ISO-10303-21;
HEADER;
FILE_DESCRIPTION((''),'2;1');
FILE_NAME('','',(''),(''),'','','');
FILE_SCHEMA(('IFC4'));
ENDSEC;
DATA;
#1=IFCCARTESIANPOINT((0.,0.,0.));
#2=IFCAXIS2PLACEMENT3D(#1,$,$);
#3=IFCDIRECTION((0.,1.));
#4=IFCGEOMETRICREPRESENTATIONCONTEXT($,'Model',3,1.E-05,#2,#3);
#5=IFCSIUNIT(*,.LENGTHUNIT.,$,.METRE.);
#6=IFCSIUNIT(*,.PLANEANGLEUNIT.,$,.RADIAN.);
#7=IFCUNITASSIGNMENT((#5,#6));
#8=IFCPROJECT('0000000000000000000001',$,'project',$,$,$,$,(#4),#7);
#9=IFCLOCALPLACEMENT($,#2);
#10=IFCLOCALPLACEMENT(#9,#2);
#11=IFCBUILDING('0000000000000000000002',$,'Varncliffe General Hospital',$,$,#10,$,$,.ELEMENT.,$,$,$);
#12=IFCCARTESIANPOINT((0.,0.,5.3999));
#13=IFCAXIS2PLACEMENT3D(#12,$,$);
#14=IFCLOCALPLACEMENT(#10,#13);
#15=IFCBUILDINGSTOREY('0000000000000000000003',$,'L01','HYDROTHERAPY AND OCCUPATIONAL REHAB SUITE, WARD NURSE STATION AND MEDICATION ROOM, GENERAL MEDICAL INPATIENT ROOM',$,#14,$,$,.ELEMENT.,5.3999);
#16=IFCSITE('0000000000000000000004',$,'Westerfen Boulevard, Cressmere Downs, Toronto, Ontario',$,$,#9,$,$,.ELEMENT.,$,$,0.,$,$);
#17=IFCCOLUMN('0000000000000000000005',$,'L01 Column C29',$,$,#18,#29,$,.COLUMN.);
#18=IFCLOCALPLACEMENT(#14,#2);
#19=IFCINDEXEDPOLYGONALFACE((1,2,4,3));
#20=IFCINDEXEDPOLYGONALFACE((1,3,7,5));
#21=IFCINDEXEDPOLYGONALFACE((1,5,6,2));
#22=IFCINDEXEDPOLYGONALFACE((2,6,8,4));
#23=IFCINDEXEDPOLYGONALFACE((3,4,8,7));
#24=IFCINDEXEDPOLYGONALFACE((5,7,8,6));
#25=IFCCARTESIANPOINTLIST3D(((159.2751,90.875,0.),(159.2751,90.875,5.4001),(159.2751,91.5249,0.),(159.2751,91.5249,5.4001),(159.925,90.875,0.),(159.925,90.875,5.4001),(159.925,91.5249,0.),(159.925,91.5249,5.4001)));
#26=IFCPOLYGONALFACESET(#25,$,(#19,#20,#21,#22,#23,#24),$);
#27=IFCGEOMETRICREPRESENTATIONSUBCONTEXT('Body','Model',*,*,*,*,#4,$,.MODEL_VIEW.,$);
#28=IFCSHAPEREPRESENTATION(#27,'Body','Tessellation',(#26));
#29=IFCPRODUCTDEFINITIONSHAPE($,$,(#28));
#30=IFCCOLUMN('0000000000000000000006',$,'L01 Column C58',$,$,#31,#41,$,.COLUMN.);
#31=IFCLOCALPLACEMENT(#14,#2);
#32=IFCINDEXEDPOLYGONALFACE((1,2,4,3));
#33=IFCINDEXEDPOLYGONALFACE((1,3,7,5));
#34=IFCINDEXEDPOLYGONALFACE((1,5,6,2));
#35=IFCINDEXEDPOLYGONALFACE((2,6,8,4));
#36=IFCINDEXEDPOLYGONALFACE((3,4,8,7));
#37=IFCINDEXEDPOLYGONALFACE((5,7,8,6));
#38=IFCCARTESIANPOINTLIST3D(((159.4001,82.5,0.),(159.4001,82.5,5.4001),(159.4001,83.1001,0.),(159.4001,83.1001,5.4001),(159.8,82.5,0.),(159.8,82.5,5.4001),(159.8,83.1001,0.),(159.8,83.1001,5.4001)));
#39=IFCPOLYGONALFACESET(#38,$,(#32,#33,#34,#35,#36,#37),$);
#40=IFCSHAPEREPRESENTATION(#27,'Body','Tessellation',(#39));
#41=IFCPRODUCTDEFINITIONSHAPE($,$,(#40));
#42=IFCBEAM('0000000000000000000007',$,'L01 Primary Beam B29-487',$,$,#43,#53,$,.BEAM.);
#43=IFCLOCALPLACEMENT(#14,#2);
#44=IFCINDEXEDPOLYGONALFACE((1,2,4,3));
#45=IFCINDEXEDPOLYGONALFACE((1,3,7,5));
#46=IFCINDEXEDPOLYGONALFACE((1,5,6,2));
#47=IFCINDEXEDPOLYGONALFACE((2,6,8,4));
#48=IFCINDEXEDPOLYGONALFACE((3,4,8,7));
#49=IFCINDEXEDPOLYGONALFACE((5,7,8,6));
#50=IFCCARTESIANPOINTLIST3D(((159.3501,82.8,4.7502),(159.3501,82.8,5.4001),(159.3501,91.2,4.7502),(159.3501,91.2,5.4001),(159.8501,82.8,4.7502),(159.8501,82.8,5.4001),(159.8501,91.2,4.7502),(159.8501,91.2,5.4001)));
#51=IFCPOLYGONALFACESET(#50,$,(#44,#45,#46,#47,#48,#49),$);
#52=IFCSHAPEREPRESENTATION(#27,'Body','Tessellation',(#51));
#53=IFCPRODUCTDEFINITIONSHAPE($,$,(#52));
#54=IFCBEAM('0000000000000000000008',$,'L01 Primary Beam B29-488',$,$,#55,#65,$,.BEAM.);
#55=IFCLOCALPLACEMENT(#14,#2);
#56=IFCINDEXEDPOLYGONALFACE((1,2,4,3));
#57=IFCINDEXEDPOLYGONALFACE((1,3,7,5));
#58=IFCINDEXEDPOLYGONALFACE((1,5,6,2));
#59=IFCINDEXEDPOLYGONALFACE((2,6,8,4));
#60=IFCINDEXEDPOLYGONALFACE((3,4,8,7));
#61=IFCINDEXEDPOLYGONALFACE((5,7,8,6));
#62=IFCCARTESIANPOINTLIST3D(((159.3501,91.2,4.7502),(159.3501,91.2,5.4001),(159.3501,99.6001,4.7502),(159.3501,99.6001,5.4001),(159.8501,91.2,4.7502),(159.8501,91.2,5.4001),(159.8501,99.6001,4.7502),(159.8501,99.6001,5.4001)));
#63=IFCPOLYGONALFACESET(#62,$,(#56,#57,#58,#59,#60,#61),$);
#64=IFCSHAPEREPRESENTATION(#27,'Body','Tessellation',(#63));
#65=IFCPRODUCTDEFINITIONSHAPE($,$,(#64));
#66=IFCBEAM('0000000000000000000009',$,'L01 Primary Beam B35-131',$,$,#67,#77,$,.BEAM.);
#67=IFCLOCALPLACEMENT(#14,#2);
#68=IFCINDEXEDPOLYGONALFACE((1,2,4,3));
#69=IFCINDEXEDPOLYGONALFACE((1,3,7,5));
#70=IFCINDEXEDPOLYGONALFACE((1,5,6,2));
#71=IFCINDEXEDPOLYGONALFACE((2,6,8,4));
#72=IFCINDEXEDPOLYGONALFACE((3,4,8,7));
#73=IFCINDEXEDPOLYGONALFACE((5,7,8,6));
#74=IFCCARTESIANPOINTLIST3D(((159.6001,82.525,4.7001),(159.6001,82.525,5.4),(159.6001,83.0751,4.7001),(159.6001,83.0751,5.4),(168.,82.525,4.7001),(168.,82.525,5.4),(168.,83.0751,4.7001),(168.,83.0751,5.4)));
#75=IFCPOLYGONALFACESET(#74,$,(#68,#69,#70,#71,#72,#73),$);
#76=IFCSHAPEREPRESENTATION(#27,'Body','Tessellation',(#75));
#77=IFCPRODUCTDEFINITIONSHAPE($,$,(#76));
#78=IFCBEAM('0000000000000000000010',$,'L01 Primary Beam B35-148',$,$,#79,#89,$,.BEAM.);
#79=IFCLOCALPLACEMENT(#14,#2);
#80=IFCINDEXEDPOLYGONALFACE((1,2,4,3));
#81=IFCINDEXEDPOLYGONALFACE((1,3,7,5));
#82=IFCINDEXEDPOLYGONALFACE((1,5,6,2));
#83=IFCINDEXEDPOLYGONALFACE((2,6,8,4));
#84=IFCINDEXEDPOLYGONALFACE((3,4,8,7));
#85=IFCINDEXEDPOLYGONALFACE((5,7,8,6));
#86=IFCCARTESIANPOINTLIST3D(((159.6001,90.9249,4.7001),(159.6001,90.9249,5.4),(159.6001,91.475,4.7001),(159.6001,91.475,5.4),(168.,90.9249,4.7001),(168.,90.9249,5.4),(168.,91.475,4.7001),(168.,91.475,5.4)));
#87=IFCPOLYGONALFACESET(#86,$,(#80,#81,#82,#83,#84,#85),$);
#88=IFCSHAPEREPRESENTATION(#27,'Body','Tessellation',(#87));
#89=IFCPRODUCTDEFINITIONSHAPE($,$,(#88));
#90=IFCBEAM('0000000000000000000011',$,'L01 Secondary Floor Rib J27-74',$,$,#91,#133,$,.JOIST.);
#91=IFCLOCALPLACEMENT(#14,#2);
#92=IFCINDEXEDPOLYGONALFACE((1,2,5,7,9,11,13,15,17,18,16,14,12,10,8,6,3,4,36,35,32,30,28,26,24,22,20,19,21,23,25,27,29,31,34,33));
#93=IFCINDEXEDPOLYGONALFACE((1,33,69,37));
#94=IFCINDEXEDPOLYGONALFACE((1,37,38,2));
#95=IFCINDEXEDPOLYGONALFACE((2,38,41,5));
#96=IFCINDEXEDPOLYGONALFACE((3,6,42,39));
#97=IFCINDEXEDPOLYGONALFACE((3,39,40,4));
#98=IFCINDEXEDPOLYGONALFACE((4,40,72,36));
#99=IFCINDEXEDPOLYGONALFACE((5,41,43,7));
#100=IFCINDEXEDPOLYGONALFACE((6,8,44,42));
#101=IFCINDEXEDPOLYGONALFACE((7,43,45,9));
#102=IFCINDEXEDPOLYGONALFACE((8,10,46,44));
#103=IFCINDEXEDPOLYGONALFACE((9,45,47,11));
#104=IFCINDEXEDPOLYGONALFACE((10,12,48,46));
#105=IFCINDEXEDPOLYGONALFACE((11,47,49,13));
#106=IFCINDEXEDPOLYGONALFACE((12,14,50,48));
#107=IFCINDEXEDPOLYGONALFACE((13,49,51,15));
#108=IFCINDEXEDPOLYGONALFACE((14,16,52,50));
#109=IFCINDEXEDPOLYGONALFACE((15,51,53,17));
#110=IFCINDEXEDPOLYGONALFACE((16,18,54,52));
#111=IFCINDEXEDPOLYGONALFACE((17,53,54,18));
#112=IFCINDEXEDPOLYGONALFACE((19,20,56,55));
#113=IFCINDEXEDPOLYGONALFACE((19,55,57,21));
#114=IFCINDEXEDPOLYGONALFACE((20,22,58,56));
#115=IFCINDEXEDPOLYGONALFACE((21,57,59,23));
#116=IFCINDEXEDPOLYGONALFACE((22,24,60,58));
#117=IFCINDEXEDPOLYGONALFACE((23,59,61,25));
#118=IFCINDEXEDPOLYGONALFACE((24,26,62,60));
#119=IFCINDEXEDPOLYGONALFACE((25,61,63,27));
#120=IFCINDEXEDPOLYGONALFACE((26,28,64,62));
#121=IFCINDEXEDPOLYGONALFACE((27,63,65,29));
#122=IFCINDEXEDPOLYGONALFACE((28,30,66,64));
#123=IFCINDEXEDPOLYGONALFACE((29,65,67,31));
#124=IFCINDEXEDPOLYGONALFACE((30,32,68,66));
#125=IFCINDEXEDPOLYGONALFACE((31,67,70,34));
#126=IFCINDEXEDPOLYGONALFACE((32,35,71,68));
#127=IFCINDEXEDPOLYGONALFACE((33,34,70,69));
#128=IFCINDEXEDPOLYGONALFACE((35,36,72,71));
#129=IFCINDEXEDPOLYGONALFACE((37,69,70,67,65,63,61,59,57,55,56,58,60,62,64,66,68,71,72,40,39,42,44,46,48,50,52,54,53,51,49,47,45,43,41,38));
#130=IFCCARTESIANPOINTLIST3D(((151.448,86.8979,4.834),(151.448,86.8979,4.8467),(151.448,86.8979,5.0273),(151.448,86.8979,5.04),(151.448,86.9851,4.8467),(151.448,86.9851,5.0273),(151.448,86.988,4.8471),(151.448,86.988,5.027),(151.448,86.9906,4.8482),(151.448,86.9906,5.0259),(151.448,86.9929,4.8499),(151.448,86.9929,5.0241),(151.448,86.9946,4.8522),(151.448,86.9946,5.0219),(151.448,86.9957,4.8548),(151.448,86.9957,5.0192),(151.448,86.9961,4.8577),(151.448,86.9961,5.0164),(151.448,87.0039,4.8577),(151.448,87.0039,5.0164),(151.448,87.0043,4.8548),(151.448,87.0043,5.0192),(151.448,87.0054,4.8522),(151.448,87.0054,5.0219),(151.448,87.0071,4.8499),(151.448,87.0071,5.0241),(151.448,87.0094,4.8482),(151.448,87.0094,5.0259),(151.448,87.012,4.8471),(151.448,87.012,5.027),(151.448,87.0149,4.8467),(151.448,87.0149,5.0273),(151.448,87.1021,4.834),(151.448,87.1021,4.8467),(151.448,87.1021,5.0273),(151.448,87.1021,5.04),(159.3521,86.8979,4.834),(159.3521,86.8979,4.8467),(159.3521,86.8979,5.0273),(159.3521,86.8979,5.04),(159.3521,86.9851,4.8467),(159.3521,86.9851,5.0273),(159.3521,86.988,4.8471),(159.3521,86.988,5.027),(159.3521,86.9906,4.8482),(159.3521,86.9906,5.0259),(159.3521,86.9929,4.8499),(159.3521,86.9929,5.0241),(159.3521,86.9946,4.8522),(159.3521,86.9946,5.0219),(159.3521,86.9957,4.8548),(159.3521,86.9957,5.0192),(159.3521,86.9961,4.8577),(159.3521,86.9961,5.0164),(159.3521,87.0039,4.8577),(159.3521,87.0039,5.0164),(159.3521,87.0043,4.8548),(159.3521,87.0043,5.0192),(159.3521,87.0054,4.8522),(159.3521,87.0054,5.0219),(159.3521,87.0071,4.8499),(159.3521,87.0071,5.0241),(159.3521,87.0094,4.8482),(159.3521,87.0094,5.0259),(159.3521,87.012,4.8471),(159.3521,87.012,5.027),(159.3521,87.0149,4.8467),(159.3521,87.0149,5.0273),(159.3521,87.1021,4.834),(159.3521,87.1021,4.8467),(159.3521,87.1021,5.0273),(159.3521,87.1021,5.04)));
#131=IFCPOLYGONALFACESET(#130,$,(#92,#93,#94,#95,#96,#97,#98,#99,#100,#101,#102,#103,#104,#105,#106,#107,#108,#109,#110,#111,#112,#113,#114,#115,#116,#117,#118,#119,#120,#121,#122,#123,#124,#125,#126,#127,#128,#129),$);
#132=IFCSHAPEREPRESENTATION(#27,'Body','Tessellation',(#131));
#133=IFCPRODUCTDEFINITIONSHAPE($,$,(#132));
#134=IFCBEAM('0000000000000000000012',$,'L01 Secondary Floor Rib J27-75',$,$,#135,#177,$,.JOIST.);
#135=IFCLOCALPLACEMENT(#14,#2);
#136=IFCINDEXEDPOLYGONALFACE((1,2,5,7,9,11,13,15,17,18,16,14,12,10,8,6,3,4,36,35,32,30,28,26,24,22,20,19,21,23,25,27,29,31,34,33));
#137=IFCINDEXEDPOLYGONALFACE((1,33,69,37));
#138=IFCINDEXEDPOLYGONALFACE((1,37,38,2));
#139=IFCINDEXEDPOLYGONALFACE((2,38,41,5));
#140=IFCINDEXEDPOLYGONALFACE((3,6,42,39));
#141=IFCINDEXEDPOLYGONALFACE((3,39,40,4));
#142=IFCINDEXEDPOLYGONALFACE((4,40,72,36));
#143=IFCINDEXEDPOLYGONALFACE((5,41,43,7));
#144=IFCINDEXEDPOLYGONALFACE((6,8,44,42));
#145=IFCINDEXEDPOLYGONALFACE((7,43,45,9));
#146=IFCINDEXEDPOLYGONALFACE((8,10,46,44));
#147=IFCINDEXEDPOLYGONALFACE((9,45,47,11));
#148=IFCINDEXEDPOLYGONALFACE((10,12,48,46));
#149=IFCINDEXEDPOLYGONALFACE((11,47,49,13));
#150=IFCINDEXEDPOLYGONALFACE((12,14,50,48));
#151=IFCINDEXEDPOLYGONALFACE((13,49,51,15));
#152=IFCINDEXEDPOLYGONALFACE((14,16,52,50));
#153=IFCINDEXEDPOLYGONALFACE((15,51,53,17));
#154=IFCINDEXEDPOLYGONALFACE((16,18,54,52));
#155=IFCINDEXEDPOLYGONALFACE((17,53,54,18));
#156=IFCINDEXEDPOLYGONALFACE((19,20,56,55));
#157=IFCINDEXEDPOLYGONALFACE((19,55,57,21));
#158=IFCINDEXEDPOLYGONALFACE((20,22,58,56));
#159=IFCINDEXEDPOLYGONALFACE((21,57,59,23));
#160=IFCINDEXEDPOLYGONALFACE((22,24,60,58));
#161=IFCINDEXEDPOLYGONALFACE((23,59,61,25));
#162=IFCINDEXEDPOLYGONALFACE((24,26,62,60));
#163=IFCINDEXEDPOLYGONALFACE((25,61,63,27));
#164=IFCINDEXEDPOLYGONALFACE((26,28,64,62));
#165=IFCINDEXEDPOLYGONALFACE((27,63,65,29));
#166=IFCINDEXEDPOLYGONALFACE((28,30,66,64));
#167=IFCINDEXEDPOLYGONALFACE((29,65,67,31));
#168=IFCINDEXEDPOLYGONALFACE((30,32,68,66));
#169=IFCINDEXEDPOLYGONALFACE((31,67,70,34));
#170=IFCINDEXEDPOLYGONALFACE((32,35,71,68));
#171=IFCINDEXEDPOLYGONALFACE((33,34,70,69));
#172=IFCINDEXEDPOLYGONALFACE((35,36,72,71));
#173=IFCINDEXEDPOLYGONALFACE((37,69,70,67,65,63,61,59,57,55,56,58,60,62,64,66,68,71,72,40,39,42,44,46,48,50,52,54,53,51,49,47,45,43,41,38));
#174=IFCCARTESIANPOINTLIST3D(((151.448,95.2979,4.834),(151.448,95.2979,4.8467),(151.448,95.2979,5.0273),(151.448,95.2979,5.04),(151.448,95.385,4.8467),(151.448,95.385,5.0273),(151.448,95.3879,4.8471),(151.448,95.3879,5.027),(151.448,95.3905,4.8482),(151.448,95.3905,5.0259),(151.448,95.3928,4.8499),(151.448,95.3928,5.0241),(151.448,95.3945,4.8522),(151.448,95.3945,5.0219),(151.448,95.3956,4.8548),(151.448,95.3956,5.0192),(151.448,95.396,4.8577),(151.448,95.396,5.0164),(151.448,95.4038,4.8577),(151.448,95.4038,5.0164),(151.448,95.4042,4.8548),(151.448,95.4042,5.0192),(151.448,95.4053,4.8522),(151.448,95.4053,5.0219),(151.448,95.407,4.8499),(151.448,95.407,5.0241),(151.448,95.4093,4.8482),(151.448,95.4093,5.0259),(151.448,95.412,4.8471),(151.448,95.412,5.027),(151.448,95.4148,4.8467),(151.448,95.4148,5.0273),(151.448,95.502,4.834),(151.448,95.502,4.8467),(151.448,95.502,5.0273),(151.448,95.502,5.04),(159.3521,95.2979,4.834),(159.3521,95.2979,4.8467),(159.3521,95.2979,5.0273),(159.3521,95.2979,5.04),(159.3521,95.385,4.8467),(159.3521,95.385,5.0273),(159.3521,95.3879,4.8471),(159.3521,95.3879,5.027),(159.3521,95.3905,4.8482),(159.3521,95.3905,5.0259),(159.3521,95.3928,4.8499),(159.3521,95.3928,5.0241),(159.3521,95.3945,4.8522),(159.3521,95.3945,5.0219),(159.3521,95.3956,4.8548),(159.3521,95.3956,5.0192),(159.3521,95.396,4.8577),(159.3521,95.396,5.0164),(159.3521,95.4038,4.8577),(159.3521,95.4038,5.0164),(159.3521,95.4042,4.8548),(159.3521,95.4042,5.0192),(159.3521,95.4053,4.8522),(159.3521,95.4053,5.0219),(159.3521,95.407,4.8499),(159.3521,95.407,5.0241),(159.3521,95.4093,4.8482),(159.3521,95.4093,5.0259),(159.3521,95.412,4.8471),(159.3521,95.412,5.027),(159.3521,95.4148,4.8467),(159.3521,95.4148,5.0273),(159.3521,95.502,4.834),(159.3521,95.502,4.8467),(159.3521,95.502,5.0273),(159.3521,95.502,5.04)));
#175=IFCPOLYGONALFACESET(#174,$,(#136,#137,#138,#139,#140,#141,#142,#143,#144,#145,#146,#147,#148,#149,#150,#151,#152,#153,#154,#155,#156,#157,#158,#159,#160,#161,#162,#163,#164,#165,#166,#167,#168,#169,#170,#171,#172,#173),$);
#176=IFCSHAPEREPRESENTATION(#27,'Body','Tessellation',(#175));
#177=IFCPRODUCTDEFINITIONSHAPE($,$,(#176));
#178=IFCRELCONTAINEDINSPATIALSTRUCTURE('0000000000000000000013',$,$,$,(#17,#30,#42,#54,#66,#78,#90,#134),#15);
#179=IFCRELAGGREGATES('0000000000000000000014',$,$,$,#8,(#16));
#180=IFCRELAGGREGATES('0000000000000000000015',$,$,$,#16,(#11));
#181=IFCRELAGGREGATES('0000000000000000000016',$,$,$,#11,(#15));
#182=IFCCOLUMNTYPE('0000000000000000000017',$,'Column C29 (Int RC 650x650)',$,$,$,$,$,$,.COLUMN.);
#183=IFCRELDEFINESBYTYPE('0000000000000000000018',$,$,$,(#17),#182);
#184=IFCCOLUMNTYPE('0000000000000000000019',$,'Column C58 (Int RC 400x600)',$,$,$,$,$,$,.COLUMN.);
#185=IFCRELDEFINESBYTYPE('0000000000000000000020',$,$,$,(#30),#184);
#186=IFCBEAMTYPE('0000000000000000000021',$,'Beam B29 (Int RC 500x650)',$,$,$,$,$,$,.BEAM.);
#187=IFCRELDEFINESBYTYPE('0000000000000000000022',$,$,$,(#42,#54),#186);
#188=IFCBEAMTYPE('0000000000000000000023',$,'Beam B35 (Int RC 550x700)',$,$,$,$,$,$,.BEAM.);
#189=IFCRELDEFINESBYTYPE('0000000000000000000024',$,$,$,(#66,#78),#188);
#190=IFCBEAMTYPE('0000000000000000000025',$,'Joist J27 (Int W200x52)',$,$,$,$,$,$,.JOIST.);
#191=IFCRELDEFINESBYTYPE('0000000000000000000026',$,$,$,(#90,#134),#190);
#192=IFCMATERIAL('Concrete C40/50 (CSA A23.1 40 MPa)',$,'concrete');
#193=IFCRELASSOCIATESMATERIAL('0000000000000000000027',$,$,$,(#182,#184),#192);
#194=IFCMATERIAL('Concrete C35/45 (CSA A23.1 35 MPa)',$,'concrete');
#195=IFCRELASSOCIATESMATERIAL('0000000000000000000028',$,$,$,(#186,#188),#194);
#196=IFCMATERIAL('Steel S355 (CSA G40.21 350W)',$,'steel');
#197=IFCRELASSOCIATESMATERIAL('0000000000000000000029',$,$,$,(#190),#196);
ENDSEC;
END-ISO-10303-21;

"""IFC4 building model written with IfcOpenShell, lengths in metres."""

from ifc_helpers import new_model, si_unit, direction, frame, origin, origin_2d, place, context, subcontext, project, spatial, rectangle, i_section, extrude, material, material_profile, profile_set, type_object, element, save


model = new_model("IFC4")

# Units and contexts
model_context = context("Model", 3, precision=1e-05, world=origin(), true_north=direction((0.0, 1.0)))
body_context = subcontext(model_context, "Body", "Model", "MODEL_VIEW")
ifc_project = project(units=[si_unit("LENGTHUNIT", "METRE"), si_unit("PLANEANGLEUNIT", "RADIAN")], contexts=[model_context])

# Site, building, storey
site_placement = place(None, origin())
site = spatial("IfcSite", under=ifc_project, at=site_placement, Name="Westerfen Boulevard, Cressmere Downs, Toronto, Ontario", CompositionType="ELEMENT", RefElevation=0.0)
building_placement = place(site_placement, origin())
building = spatial("IfcBuilding", under=site, at=building_placement, Name="Varncliffe General Hospital", CompositionType="ELEMENT")
storey_placement = place(building_placement, frame((0.0, 0.0, 5.3999)))
storey = spatial("IfcBuildingStorey", under=building, at=storey_placement, Name="L01", Description="HYDROTHERAPY AND OCCUPATIONAL REHAB SUITE, WARD NURSE STATION AND MEDICATION ROOM, GENERAL MEDICAL INPATIENT ROOM", CompositionType="ELEMENT", Elevation=5.3999)

# Columns
ifc_material_1 = material(Name="Concrete C40/50 (CSA A23.1 40 MPa)", Category="concrete")
ifc_material_profile_1 = material_profile(ifc_material_1, rectangle(XDim=0.6499, YDim=0.6499, at=origin_2d()), Name="RC 650x650")
ifc_profile_set_1 = profile_set([ifc_material_profile_1], Name="Concrete C40/50 (CSA A23.1 40 MPa)")
column_type_1 = type_object("IfcColumnType", Name="Column C29 (Int RC 650x650)", PredefinedType="COLUMN", material=ifc_profile_set_1)
column_1_placement = place(storey_placement, frame((159.6001, 91.2, 0.0), z_axis=(0.0, 0.0, 1.0), x_axis=(1.0, 0.0, 0.0)))
element("IfcColumn", 1, at=column_1_placement, inside=storey, type_object=column_type_1, Name="L01 Column C29", PredefinedType="COLUMN", context=body_context, shape_type="SweptSolid", body=[
    extrude(rectangle(XDim=0.6499, YDim=0.6499, at=origin_2d()), origin(), (0.0, 0.0, 1.0), 5.4001),
])
ifc_material_profile_2 = material_profile(ifc_material_1, rectangle(XDim=0.3999, YDim=0.6001, at=origin_2d()), Name="RC 400x600")
ifc_profile_set_2 = profile_set([ifc_material_profile_2], Name="Concrete C40/50 (CSA A23.1 40 MPa)")
column_type_2 = type_object("IfcColumnType", Name="Column C58 (Int RC 400x600)", PredefinedType="COLUMN", material=ifc_profile_set_2)
column_2_placement = place(storey_placement, frame((159.6001, 82.8, 0.0), z_axis=(0.0, 0.0, 1.0), x_axis=(1.0, 0.0, 0.0)))
element("IfcColumn", 2, at=column_2_placement, inside=storey, type_object=column_type_2, Name="L01 Column C58", PredefinedType="COLUMN", context=body_context, shape_type="SweptSolid", body=[
    extrude(rectangle(XDim=0.3999, YDim=0.6001, at=origin_2d()), origin(), (0.0, 0.0, 1.0), 5.4001),
])

# Beams
ifc_material_2 = material(Name="Concrete C35/45 (CSA A23.1 35 MPa)", Category="concrete")
ifc_material_profile_3 = material_profile(ifc_material_2, rectangle(XDim=0.5, YDim=0.6499, at=origin_2d()), Name="RC 500x650")
ifc_profile_set_3 = profile_set([ifc_material_profile_3], Name="Concrete C35/45 (CSA A23.1 35 MPa)")
beam_type_1 = type_object("IfcBeamType", Name="Beam B29 (Int RC 500x650)", PredefinedType="BEAM", material=ifc_profile_set_3)
beam_1_placement = place(storey_placement, frame((159.6001, 82.8, 5.0752), z_axis=(0.0, 1.0, 0.0), x_axis=(-1.0, 0.0, 0.0)))
element("IfcBeam", 3, at=beam_1_placement, inside=storey, type_object=beam_type_1, Name="L01 Primary Beam B29-487", PredefinedType="BEAM", context=body_context, shape_type="SweptSolid", body=[
    extrude(rectangle(XDim=0.5, YDim=0.6499, at=origin_2d()), origin(), (0.0, 0.0, 1.0), 8.3999),
])
beam_2_placement = place(storey_placement, frame((159.6001, 91.2, 5.0752), z_axis=(0.0, 1.0, 0.0), x_axis=(-1.0, 0.0, 0.0)))
element("IfcBeam", 4, at=beam_2_placement, inside=storey, type_object=beam_type_1, Name="L01 Primary Beam B29-488", PredefinedType="BEAM", context=body_context, shape_type="SweptSolid", body=[
    extrude(rectangle(XDim=0.5, YDim=0.6499, at=origin_2d()), origin(), (0.0, 0.0, 1.0), 8.4001),
])
ifc_material_profile_4 = material_profile(ifc_material_2, rectangle(XDim=0.55, YDim=0.7, at=origin_2d()), Name="RC 550x700")
ifc_profile_set_4 = profile_set([ifc_material_profile_4], Name="Concrete C35/45 (CSA A23.1 35 MPa)")
beam_type_2 = type_object("IfcBeamType", Name="Beam B35 (Int RC 550x700)", PredefinedType="BEAM", material=ifc_profile_set_4)
for number, where, z_axis, x_axis, name in (
    (5, (159.6001, 82.8, 5.05), (1.0, 0.0, 0.0), (0.0, 1.0, 0.0), "L01 Primary Beam B35-131"),
    (6, (159.6001, 91.2, 5.05), (1.0, 0.0, 0.0), (0.0, 1.0, 0.0), "L01 Primary Beam B35-148"),
):
    element("IfcBeam", number, at=place(storey_placement, frame(where, z_axis=z_axis, x_axis=x_axis)), inside=storey, type_object=beam_type_2, Name=name, PredefinedType="BEAM", context=body_context, shape_type="SweptSolid", body=[
        extrude(rectangle(XDim=0.55, YDim=0.7, at=origin_2d()), origin(), (0.0, 0.0, 1.0), 8.3999),
    ])
ifc_material_3 = material(Name="Steel S355 (CSA G40.21 350W)", Category="steel")
ifc_material_profile_5 = material_profile(ifc_material_3, i_section(OverallWidth=0.2041, OverallDepth=0.2061, WebThickness=0.0078, FlangeThickness=0.0127, FilletRadius=0.011, at=origin_2d()), Name="W200x52")
ifc_profile_set_5 = profile_set([ifc_material_profile_5], Name="Steel S355 (CSA G40.21 350W)")
beam_type_3 = type_object("IfcBeamType", Name="Joist J27 (Int W200x52)", PredefinedType="JOIST", material=ifc_profile_set_5)
for number, where, z_axis, x_axis, name in (
    (7, (151.448, 87.0, 4.937), (1.0, 0.0, 0.0), (0.0, 1.0, 0.0), "L01 Secondary Floor Rib J27-74"),
    (8, (151.448, 95.3999, 4.937), (1.0, 0.0, 0.0), (0.0, 1.0, 0.0), "L01 Secondary Floor Rib J27-75"),
):
    element("IfcBeam", number, at=place(storey_placement, frame(where, z_axis=z_axis, x_axis=x_axis)), inside=storey, type_object=beam_type_3, Name=name, PredefinedType="JOIST", context=body_context, shape_type="SweptSolid", body=[
        extrude(i_section(OverallWidth=0.2041, OverallDepth=0.2061, WebThickness=0.0078, FlangeThickness=0.0127, FilletRadius=0.011, at=origin_2d()), origin(), (0.0, 0.0, 1.0), 7.9041),
    ])

save(model, "model.ifc")
